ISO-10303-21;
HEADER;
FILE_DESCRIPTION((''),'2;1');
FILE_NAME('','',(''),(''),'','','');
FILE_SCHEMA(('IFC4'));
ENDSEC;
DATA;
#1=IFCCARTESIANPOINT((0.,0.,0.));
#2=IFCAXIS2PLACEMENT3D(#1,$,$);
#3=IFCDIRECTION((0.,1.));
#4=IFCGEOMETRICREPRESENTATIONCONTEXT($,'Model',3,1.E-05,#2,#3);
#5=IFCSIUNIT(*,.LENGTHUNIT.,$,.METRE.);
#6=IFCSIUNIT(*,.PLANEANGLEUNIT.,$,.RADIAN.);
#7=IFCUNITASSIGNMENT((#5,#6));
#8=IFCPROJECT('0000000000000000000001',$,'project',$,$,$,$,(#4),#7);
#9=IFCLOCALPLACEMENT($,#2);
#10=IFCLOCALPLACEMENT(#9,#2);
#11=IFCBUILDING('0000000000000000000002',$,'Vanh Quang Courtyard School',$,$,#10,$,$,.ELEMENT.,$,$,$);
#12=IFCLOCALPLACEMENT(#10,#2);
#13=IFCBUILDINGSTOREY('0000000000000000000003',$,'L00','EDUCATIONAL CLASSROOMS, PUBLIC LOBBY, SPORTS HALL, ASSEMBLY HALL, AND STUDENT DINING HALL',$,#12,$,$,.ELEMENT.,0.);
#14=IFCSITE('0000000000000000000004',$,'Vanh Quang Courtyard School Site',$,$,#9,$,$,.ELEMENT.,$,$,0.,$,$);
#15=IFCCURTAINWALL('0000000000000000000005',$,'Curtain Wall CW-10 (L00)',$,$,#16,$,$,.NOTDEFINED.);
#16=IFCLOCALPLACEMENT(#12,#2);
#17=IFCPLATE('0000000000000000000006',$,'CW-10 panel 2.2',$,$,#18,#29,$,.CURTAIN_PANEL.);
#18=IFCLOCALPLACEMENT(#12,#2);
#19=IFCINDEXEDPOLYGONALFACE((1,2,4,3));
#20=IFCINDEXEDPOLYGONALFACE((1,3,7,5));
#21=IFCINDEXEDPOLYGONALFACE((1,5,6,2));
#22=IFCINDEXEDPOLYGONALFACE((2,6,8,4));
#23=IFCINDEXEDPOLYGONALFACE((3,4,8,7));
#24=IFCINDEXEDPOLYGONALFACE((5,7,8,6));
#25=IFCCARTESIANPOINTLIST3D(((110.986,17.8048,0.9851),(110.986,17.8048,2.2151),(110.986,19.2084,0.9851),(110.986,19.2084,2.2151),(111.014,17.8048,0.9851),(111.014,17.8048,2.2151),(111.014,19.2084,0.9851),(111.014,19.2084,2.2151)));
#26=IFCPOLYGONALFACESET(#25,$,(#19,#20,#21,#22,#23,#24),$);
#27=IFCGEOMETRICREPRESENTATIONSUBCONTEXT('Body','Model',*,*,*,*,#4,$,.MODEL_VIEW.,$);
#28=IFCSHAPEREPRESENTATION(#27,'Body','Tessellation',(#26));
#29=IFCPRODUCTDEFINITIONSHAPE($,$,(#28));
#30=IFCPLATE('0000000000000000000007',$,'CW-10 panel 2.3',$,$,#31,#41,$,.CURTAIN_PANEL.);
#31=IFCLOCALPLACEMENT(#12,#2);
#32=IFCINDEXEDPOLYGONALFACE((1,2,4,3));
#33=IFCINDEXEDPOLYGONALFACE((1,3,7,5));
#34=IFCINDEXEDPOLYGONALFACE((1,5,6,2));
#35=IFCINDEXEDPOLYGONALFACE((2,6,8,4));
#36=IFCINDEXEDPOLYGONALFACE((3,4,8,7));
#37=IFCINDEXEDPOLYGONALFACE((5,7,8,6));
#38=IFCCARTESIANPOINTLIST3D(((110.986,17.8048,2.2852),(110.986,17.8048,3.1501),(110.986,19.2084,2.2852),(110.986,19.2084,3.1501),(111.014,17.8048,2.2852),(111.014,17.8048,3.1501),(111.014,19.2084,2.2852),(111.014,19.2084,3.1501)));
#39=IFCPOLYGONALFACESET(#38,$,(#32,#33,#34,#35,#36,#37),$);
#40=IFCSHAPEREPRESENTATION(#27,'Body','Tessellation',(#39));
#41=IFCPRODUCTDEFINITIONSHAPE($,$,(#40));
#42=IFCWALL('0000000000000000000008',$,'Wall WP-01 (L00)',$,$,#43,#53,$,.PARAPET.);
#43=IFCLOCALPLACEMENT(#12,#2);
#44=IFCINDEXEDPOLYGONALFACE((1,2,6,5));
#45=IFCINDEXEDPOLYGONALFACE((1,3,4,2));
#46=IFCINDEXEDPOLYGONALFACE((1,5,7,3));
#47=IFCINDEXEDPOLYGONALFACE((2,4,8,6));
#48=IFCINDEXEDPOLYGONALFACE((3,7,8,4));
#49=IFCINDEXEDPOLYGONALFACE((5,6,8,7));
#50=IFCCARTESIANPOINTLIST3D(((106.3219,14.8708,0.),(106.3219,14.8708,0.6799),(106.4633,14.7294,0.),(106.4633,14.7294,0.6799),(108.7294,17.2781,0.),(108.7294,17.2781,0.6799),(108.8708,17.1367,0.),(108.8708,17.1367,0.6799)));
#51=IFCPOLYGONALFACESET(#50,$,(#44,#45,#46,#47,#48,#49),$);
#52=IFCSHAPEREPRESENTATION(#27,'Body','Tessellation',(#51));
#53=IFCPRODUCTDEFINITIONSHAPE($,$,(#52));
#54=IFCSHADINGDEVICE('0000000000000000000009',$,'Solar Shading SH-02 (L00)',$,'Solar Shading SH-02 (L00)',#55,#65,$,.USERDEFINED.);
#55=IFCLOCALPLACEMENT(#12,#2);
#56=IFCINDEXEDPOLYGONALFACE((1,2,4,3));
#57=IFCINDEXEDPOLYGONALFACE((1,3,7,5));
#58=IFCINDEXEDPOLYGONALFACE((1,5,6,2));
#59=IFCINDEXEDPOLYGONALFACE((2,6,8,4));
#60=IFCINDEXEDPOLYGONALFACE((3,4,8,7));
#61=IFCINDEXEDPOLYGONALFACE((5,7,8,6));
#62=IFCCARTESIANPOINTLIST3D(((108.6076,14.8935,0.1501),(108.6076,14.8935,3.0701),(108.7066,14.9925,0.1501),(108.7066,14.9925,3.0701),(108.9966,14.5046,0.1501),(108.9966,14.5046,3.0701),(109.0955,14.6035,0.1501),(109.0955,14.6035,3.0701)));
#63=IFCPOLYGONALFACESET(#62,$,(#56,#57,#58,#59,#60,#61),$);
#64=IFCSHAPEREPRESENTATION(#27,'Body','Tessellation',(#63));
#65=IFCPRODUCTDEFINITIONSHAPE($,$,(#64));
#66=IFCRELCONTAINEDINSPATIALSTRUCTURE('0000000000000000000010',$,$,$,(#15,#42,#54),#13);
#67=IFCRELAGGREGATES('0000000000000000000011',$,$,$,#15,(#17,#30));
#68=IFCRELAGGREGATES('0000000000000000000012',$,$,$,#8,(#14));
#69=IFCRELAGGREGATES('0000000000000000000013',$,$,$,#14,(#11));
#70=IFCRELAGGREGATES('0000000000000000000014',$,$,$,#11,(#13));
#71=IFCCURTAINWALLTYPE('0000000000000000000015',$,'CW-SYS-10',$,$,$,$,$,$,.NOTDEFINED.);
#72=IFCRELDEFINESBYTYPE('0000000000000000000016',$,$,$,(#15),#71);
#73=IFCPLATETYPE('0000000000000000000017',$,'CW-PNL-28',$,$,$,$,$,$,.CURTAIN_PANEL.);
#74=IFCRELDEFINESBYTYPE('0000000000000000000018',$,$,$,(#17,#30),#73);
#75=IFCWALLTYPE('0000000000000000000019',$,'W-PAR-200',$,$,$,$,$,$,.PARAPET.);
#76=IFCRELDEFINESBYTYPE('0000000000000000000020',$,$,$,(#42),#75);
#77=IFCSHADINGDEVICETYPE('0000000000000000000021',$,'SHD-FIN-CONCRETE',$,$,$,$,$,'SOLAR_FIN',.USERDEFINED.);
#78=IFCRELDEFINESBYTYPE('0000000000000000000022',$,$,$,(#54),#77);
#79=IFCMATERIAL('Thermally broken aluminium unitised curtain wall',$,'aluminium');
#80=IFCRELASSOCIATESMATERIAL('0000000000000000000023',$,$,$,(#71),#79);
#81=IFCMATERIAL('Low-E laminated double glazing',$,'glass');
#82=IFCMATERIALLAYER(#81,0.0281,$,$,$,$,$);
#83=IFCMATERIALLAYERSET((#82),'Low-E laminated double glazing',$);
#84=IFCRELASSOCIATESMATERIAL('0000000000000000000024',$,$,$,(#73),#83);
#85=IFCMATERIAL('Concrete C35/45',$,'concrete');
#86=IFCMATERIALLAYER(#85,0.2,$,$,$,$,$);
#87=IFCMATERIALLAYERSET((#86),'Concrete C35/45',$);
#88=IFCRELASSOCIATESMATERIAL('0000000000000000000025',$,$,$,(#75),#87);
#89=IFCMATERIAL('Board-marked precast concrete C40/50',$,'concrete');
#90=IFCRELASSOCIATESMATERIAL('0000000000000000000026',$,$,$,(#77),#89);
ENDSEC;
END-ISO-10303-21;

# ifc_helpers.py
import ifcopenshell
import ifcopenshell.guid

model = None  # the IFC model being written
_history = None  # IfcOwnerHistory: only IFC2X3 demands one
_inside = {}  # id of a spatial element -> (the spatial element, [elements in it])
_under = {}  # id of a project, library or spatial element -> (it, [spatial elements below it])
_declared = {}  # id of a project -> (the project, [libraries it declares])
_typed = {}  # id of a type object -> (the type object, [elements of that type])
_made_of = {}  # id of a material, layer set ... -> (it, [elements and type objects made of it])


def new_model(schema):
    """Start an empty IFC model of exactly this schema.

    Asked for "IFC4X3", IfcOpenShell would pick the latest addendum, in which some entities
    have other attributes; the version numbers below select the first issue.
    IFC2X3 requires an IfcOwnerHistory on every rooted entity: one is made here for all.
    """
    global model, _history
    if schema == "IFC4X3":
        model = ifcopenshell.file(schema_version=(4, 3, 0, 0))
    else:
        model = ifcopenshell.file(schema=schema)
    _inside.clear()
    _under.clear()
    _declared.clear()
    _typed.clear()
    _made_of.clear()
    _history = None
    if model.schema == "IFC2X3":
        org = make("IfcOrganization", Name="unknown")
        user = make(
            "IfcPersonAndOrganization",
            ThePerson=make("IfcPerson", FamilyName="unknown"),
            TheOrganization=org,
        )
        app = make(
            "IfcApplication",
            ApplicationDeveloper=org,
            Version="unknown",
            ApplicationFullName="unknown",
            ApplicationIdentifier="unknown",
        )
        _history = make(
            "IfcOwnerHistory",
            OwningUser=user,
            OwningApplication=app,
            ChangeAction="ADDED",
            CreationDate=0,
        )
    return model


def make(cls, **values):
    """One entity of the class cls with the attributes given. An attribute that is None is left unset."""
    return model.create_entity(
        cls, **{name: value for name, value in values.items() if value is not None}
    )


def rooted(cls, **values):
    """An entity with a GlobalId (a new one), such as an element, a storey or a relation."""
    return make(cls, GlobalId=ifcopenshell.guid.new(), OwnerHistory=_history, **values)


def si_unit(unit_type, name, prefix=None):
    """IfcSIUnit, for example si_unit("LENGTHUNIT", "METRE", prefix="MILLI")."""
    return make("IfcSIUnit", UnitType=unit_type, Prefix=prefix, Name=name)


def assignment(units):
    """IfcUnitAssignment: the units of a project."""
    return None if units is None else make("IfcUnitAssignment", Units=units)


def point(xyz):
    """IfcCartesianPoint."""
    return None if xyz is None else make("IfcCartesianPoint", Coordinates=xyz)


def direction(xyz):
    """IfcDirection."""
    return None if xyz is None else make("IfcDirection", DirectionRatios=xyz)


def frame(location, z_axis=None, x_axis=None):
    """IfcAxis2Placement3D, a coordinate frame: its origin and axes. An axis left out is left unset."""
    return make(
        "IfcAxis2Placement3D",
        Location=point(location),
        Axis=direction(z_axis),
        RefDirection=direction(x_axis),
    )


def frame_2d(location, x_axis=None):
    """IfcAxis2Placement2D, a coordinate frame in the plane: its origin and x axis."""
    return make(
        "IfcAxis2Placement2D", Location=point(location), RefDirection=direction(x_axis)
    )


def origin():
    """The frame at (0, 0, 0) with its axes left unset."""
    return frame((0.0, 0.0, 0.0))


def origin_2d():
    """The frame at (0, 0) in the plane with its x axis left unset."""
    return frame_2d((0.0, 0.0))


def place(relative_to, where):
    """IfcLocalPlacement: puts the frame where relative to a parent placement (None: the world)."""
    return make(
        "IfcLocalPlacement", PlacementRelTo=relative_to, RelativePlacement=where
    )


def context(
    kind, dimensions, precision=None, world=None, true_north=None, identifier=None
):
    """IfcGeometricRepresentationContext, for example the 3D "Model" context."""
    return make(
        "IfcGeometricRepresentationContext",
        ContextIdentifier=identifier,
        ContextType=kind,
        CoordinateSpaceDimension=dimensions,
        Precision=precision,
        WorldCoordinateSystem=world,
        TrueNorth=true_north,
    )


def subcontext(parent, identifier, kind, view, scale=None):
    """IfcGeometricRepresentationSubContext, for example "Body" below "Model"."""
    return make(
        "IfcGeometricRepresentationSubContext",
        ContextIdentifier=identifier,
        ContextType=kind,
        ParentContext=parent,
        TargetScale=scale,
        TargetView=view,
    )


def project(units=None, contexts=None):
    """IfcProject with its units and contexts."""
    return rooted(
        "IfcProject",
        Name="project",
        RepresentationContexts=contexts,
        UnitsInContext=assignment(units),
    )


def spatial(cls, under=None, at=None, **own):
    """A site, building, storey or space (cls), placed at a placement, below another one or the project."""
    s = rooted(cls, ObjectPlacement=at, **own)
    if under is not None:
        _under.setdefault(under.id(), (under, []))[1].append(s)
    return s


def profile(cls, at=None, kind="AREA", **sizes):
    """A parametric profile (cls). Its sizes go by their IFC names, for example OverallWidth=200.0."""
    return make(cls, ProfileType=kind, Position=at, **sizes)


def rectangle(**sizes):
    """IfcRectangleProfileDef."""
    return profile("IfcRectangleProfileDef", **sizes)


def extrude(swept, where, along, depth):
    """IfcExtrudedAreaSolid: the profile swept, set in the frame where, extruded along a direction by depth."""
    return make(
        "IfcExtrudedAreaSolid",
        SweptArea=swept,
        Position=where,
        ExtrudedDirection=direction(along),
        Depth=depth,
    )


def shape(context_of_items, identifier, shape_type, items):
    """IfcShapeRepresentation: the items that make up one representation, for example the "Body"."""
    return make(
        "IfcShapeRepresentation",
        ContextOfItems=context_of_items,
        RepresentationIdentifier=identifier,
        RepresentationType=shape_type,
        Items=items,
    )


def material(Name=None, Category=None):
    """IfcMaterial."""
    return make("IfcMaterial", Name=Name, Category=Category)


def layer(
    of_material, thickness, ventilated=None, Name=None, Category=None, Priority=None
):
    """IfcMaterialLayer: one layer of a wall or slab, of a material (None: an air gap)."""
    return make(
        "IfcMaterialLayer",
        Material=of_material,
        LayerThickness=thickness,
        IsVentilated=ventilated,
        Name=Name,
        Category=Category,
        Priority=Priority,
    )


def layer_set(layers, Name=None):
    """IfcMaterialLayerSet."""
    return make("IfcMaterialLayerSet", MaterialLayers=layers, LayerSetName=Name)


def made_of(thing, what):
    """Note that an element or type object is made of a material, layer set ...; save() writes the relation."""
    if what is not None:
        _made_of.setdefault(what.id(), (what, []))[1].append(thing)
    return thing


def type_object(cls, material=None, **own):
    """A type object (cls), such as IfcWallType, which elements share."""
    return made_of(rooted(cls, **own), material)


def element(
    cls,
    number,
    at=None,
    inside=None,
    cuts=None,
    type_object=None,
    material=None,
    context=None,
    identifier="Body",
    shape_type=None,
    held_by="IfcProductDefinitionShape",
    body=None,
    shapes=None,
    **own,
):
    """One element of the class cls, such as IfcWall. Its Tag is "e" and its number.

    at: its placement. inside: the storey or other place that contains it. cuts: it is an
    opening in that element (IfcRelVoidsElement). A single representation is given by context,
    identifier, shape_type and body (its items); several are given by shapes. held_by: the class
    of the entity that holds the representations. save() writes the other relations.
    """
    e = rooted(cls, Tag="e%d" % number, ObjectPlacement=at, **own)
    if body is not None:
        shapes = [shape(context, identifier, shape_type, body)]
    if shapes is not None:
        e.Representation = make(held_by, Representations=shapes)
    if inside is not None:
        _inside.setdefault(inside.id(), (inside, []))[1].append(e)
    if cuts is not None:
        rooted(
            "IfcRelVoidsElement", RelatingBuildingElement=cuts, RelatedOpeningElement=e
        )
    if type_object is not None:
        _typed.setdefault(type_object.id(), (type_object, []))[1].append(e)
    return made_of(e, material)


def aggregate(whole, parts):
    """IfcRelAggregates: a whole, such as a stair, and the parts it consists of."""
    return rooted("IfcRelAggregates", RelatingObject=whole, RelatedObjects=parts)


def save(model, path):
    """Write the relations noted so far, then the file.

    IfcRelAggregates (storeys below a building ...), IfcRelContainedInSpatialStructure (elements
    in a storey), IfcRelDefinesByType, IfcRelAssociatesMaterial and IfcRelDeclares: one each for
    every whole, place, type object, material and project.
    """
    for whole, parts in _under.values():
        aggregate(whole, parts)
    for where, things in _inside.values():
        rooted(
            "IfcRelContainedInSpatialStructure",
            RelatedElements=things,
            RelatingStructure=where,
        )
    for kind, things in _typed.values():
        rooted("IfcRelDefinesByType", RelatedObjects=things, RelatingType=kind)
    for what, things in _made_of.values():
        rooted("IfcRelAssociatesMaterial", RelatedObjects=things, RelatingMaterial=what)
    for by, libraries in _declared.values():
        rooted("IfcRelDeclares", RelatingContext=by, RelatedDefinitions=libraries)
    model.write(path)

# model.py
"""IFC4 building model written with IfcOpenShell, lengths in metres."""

from ifc_helpers import new_model, si_unit, direction, frame, frame_2d, origin, origin_2d, place, context, subcontext, project, spatial, rectangle, extrude, material, layer, layer_set, type_object, element, aggregate, save


model = new_model("IFC4")

# Units and contexts
model_context = context("Model", 3, precision=1e-05, world=origin(), true_north=direction((0.0, 1.0)))
body_context = subcontext(model_context, "Body", "Model", "MODEL_VIEW")
ifc_project = project(units=[si_unit("LENGTHUNIT", "METRE"), si_unit("PLANEANGLEUNIT", "RADIAN")], contexts=[model_context])

# Site, building, storey
site_placement = place(None, origin())
site = spatial("IfcSite", under=ifc_project, at=site_placement, Name="Vanh Quang Courtyard School Site", CompositionType="ELEMENT", RefElevation=0.0)
building_placement = place(site_placement, origin())
building = spatial("IfcBuilding", under=site, at=building_placement, Name="Vanh Quang Courtyard School", CompositionType="ELEMENT")
storey_placement = place(building_placement, origin())
storey = spatial("IfcBuildingStorey", under=building, at=storey_placement, Name="L00", Description="EDUCATIONAL CLASSROOMS, PUBLIC LOBBY, SPORTS HALL, ASSEMBLY HALL, AND STUDENT DINING HALL", CompositionType="ELEMENT", Elevation=0.0)

# Shared definitions
ifc_material_1 = material(Name="Concrete C35/45", Category="concrete")

# Shared definitions
ifc_material_2 = material(Name="Thermally broken aluminium unitised curtain wall", Category="aluminium")
curtain_wall_type = type_object("IfcCurtainWallType", Name="CW-SYS-10", PredefinedType="NOTDEFINED", material=ifc_material_2)

# Curtain wall, plates
curtain_wall_1_placement = place(storey_placement, origin())
curtain_wall_1 = element("IfcCurtainWall", 1, at=curtain_wall_1_placement, inside=storey, type_object=curtain_wall_type, Name="Curtain Wall CW-10 (L00)", PredefinedType="NOTDEFINED")
ifc_material_3 = material(Name="Low-E laminated double glazing", Category="glass")
ifc_layer_1 = layer(ifc_material_3, 0.0281)
ifc_layer_set_1 = layer_set([ifc_layer_1], Name="Low-E laminated double glazing")
plate_type = type_object("IfcPlateType", Name="CW-PNL-28", PredefinedType="CURTAIN_PANEL", material=ifc_layer_set_1)
plate_1_placement = place(storey_placement, frame((111.0, 18.5066, 0.9851), z_axis=(0.0, 0.0, 1.0), x_axis=(0.0, 1.0, 0.0)))
plate_1 = element("IfcPlate", 2, at=plate_1_placement, type_object=plate_type, Name="CW-10 panel 2.2", PredefinedType="CURTAIN_PANEL", context=body_context, shape_type="SweptSolid", body=[
    extrude(rectangle(XDim=1.4036, YDim=0.0281, at=origin_2d()), origin(), (0.0, 0.0, 1.0), 1.23),
])
plate_2_placement = place(storey_placement, frame((111.0, 18.5066, 2.2852), z_axis=(0.0, 0.0, 1.0), x_axis=(0.0, 1.0, 0.0)))
plate_2 = element("IfcPlate", 3, at=plate_2_placement, type_object=plate_type, Name="CW-10 panel 2.3", PredefinedType="CURTAIN_PANEL", context=body_context, shape_type="SweptSolid", body=[
    extrude(rectangle(XDim=1.4036, YDim=0.0281, at=origin_2d()), origin(), (0.0, 0.0, 1.0), 0.865),
])
aggregate(curtain_wall_1, [plate_1, plate_2])

# Wall
ifc_layer_2 = layer(ifc_material_1, 0.2)
ifc_layer_set_2 = layer_set([ifc_layer_2], Name="Concrete C35/45")
wall_type = type_object("IfcWallType", Name="W-PAR-200", PredefinedType="PARAPET", material=ifc_layer_set_2)
wall_placement = place(storey_placement, frame((108.8, 17.2073, 0.0), z_axis=(0.0, 0.0, 1.0), x_axis=(-0.707143, -0.707071, 0.0)))
element("IfcWall", 4, at=wall_placement, inside=storey, type_object=wall_type, Name="Wall WP-01 (L00)", PredefinedType="PARAPET", context=body_context, shape_type="SweptSolid", body=[
    extrude(rectangle(XDim=3.4045, YDim=0.2, at=frame_2d((1.7021, 0.0))), origin(), (0.0, 0.0, 1.0), 0.6799),
])

# Shading device
ifc_material_4 = material(Name="Board-marked precast concrete C40/50", Category="concrete")
shading_device_type = type_object("IfcShadingDeviceType", Name="SHD-FIN-CONCRETE", ElementType="SOLAR_FIN", PredefinedType="USERDEFINED", material=ifc_material_4)
shading_device_placement = place(storey_placement, frame((108.8516, 14.7485, 0.1501), z_axis=(0.0, 0.0, 1.0), x_axis=(0.707107, 0.707107, 0.0)))
element("IfcShadingDevice", 5, at=shading_device_placement, inside=storey, type_object=shading_device_type, Name="Solar Shading SH-02 (L00)", ObjectType="Solar Shading SH-02 (L00)", PredefinedType="USERDEFINED", context=body_context, shape_type="SweptSolid", body=[
    extrude(rectangle(XDim=0.1399, YDim=0.55, at=origin_2d()), origin(), (0.0, 0.0, 1.0), 2.9199),
])

save(model, "model.ifc")
